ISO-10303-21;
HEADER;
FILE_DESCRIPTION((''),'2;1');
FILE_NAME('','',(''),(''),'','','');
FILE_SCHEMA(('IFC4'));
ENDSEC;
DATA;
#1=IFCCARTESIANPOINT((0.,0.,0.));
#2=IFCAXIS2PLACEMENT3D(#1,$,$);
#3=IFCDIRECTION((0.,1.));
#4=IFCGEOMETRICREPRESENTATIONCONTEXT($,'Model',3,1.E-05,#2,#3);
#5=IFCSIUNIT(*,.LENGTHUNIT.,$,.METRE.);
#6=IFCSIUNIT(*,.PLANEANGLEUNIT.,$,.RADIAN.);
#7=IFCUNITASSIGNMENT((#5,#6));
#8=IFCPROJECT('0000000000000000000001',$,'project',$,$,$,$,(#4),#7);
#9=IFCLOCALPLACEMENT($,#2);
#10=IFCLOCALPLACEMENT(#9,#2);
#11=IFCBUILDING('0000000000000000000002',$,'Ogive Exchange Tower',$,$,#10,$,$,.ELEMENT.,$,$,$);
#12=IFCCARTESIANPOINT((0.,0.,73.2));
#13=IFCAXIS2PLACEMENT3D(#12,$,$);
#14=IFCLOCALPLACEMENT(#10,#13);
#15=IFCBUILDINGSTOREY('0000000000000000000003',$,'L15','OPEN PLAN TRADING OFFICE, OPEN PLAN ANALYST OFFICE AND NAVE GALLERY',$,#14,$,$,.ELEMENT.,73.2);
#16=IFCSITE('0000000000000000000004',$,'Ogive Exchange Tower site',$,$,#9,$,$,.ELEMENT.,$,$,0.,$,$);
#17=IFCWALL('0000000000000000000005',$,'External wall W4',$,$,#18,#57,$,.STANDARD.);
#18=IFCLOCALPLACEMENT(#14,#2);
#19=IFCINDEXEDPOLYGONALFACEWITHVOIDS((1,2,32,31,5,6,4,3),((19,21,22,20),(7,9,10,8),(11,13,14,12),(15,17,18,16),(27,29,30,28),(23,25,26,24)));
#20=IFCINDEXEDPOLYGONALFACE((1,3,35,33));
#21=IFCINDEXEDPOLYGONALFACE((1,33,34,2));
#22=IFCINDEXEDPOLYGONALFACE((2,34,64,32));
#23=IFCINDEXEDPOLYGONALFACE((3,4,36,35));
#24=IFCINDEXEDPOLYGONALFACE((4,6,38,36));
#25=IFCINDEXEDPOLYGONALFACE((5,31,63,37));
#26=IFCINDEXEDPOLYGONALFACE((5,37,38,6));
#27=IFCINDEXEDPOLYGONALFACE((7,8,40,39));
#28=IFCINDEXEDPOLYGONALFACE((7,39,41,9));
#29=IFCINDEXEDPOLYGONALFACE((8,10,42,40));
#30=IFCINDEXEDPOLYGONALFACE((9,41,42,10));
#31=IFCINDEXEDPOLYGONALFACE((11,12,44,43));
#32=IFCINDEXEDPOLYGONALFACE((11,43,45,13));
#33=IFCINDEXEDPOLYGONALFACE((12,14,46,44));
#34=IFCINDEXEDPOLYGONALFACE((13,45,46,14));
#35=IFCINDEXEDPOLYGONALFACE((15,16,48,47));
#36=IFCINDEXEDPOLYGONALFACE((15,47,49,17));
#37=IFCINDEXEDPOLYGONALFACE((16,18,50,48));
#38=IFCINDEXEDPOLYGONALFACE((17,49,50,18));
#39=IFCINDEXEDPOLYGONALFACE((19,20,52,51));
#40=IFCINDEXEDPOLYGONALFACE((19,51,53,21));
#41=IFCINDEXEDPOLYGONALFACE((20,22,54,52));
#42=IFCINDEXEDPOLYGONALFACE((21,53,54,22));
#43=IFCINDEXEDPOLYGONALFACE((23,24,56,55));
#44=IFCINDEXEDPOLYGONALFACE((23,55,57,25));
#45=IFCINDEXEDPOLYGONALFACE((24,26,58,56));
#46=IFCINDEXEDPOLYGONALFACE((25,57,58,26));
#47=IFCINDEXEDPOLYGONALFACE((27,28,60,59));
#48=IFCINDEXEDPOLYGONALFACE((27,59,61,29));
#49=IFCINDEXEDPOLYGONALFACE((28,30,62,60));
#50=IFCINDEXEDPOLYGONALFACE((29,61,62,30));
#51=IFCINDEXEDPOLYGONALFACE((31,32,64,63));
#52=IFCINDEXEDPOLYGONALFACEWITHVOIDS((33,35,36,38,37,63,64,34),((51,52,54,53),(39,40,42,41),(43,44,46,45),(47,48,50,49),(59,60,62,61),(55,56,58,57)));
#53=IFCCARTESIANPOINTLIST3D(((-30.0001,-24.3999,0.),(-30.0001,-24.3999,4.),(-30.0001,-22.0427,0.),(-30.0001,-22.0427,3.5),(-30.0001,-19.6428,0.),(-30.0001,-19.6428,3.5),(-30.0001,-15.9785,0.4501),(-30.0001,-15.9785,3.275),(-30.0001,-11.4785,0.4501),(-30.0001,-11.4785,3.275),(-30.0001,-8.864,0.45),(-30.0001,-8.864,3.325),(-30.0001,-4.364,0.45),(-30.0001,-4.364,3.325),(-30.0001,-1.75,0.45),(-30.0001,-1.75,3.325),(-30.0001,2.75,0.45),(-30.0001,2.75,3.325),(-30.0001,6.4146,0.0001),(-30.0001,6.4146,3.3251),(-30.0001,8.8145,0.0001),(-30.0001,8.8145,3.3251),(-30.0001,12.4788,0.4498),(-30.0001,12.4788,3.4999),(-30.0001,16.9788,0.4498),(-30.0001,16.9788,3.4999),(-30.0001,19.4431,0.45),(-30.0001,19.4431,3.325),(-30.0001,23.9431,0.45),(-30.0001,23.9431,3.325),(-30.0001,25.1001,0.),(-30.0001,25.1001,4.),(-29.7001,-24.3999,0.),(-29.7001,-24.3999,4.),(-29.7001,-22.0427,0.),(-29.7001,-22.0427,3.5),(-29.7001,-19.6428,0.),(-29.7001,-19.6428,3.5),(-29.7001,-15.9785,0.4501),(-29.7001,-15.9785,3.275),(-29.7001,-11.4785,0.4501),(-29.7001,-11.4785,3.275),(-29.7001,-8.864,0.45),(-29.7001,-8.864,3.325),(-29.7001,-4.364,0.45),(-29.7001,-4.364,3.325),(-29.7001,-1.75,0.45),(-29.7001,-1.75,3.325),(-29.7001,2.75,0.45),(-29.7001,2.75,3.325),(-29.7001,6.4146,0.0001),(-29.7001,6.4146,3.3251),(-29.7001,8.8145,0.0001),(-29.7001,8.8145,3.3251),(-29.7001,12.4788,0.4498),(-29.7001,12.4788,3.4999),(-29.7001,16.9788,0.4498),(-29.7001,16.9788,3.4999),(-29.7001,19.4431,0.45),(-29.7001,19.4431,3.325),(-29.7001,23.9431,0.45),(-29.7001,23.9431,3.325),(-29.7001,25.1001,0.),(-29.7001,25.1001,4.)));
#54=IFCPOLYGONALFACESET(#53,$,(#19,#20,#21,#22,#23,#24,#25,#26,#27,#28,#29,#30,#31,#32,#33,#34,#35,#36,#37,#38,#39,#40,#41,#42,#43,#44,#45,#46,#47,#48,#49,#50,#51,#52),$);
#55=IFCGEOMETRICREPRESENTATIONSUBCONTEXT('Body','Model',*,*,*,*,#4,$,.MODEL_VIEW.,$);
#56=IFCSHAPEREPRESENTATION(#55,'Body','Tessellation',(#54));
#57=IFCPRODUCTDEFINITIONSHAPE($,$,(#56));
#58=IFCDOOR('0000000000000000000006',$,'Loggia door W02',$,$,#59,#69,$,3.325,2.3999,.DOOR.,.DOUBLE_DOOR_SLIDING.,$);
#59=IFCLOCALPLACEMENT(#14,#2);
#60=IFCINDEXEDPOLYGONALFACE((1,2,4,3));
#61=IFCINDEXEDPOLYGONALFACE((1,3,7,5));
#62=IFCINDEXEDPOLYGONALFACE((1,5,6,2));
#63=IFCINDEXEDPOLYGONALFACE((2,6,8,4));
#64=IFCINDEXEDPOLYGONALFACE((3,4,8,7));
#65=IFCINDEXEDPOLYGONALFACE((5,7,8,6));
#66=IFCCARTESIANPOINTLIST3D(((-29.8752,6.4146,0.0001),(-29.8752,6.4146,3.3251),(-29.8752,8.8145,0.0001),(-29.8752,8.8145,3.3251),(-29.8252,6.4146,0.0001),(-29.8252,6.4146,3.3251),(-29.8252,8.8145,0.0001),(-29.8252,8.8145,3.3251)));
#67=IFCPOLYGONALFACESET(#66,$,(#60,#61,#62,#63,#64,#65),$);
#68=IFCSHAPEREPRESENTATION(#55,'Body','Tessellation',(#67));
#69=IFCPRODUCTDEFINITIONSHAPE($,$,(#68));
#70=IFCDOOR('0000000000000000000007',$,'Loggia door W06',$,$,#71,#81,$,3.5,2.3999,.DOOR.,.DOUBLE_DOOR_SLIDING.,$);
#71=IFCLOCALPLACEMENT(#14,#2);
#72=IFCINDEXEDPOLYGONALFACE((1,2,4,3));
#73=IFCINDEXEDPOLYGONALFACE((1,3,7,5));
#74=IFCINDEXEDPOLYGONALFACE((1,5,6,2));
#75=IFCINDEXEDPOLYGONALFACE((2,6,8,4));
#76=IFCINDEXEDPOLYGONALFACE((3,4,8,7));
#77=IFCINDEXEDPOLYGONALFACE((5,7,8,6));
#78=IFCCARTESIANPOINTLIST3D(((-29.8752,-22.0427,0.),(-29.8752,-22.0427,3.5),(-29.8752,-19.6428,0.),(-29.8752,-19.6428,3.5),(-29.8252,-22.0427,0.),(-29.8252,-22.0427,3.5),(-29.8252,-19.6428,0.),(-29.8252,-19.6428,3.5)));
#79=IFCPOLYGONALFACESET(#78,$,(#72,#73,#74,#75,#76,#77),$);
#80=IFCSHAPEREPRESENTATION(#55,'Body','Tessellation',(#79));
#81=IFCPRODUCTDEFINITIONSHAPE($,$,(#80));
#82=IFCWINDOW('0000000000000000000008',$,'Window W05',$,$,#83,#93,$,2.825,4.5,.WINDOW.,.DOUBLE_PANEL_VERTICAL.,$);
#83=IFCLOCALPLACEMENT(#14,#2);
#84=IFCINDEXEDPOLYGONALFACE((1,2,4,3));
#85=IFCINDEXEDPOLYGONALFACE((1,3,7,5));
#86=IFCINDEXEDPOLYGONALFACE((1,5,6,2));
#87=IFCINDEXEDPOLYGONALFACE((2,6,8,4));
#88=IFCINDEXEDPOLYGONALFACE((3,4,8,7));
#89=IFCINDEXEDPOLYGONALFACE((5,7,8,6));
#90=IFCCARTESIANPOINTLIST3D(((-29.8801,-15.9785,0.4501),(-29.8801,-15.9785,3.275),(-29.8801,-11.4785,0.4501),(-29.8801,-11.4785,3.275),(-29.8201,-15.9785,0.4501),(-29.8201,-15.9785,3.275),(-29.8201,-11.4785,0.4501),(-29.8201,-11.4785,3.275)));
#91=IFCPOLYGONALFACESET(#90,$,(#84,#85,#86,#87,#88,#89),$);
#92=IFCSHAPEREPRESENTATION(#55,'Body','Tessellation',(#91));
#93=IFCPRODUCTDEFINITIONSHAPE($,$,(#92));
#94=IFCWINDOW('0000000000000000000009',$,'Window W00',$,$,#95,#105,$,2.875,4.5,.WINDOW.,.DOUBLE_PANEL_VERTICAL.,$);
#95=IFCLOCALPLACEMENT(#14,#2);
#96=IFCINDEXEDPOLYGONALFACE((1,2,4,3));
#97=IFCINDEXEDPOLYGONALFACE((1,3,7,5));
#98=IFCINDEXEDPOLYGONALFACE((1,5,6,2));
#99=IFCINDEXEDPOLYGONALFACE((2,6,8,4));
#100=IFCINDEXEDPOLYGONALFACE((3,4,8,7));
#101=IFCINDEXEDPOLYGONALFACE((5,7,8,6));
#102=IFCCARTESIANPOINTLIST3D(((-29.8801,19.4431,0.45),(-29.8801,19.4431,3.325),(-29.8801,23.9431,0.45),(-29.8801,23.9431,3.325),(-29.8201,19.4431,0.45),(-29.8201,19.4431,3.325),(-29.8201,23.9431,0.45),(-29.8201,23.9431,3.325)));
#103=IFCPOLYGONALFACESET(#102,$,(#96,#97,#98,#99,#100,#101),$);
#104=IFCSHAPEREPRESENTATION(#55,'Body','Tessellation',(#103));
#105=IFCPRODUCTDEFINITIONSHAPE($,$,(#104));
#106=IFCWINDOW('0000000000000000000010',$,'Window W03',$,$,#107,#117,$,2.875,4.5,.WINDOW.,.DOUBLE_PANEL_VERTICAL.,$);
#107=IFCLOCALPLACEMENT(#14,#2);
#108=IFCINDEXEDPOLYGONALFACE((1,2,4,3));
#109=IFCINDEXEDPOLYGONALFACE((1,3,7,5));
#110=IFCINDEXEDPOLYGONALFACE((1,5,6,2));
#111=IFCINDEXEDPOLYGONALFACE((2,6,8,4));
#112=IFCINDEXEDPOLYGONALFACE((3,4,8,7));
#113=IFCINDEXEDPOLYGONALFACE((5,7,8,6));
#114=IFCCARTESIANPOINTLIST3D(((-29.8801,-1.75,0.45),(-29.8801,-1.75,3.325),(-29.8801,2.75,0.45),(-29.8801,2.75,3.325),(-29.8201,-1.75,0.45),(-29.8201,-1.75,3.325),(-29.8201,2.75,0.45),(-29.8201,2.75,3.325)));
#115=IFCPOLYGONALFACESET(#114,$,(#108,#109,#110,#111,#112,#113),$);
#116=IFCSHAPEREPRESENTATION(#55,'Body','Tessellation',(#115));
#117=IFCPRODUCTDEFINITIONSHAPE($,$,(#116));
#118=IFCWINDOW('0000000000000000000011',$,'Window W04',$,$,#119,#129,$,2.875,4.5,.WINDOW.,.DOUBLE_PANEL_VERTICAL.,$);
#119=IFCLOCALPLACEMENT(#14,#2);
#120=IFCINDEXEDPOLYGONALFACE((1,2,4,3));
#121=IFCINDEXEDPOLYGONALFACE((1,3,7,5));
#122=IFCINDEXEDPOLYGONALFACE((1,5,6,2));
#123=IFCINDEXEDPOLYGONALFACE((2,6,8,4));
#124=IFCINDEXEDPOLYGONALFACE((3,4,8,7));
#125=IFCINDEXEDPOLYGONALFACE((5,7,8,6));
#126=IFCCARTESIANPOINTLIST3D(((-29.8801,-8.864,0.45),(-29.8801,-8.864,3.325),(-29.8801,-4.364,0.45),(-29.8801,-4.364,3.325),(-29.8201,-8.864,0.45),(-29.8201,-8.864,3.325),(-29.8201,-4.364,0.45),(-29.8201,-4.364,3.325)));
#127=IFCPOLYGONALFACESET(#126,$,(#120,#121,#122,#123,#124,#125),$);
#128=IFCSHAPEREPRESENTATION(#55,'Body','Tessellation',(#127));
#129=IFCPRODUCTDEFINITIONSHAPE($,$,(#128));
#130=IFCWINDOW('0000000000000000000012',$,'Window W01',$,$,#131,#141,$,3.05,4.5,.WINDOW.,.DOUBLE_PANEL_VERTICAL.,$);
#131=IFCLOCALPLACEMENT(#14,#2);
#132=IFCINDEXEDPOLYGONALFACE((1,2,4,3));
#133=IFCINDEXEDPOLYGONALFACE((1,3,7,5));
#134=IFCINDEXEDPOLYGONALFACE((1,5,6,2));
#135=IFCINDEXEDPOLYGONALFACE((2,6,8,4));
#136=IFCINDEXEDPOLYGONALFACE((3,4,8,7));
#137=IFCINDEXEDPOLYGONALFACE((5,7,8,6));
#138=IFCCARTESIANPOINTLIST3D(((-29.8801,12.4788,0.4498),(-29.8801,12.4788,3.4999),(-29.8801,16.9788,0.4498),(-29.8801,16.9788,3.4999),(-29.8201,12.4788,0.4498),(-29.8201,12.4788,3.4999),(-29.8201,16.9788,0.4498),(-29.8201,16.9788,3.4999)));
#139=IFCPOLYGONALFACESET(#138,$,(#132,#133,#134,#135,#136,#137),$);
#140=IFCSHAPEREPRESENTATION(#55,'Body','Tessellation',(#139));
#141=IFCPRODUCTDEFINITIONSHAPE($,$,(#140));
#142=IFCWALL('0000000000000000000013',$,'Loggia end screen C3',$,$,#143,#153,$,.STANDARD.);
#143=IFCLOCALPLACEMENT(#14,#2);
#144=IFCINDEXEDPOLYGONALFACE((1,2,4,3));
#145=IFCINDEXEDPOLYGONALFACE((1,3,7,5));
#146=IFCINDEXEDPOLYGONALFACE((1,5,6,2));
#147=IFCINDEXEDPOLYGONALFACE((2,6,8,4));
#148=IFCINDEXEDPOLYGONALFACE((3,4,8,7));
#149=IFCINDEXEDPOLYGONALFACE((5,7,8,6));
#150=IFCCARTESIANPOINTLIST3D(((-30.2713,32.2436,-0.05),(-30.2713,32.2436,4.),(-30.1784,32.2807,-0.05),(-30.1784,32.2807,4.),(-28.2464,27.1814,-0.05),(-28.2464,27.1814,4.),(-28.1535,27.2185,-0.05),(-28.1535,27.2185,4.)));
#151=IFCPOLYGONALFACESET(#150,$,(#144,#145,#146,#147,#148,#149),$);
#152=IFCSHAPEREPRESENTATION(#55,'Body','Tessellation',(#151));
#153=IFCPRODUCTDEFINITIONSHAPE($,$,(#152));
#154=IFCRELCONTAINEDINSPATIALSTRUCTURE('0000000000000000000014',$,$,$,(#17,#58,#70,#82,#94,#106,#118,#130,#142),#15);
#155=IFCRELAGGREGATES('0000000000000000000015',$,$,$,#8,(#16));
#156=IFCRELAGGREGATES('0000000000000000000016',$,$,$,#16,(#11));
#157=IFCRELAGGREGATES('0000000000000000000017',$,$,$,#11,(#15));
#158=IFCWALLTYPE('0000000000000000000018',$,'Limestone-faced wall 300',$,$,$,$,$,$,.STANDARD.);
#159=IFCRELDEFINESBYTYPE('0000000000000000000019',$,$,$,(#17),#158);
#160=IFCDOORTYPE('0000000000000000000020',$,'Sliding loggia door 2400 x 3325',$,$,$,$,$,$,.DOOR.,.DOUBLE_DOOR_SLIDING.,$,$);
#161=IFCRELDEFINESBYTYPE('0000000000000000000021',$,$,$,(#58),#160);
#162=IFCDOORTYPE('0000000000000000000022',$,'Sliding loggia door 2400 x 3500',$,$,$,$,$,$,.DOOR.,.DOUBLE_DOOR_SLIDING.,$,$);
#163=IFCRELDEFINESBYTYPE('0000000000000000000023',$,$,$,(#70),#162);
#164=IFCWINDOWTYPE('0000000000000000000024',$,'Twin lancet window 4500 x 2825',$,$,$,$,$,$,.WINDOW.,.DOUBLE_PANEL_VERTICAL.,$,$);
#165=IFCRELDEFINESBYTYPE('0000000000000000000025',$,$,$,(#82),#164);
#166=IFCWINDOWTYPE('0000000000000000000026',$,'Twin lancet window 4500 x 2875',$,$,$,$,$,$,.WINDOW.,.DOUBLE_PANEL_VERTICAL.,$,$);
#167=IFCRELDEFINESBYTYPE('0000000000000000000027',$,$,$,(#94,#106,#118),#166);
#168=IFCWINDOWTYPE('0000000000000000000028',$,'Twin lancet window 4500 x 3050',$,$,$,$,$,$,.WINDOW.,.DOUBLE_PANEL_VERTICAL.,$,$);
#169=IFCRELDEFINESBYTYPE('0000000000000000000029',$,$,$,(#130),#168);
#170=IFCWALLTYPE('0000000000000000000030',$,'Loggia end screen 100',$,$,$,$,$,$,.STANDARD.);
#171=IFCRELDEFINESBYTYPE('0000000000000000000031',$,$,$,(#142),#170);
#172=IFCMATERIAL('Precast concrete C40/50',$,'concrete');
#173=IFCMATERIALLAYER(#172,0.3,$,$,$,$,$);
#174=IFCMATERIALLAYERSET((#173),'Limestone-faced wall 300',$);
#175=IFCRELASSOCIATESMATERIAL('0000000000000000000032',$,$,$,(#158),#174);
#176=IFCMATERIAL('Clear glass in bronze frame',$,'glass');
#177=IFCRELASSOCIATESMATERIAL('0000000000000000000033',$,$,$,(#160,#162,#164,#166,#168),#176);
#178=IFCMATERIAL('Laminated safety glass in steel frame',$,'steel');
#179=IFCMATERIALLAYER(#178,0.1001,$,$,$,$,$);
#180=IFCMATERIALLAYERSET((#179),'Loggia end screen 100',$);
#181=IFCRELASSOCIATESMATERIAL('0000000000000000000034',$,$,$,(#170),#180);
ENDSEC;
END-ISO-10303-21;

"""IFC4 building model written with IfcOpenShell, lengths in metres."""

from ifc_helpers import new_model, si_unit, direction, frame, frame_2d, origin, place, context, subcontext, project, spatial, rectangle, extrude, material, layer, layer_set, type_object, element, fill, save


model = new_model("IFC4")

# Units and contexts
model_context = context("Model", 3, precision=1e-05, world=origin(), true_north=direction((0.0, 1.0)))
body_context = subcontext(model_context, "Body", "Model", "MODEL_VIEW")
ifc_project = project(units=[si_unit("LENGTHUNIT", "METRE"), si_unit("PLANEANGLEUNIT", "RADIAN")], contexts=[model_context])

# Site, building, storey
site_placement = place(None, origin())
site = spatial("IfcSite", under=ifc_project, at=site_placement, Name="Ogive Exchange Tower site", CompositionType="ELEMENT", RefElevation=0.0)
building_placement = place(site_placement, origin())
building = spatial("IfcBuilding", under=site, at=building_placement, Name="Ogive Exchange Tower", CompositionType="ELEMENT")
storey_placement = place(building_placement, frame((0.0, 0.0, 73.2)))
storey = spatial("IfcBuildingStorey", under=building, at=storey_placement, Name="L15", Description="OPEN PLAN TRADING OFFICE, OPEN PLAN ANALYST OFFICE AND NAVE GALLERY", CompositionType="ELEMENT", Elevation=73.2)

# Wall, openings, doors, windows
ifc_material_1 = material(Name="Precast concrete C40/50", Category="concrete")
ifc_layer_1 = layer(ifc_material_1, 0.3)
ifc_layer_set_1 = layer_set([ifc_layer_1], Name="Limestone-faced wall 300")
wall_type_1 = type_object("IfcWallType", Name="Limestone-faced wall 300", PredefinedType="STANDARD", material=ifc_layer_set_1)
wall_1_placement = place(storey_placement, frame((-29.8501, 25.1001, 0.0), z_axis=(0.0, 0.0, 1.0), x_axis=(0.0, -1.0, 0.0)))
wall_1 = element("IfcWall", 1, at=wall_1_placement, inside=storey, type_object=wall_type_1, Name="External wall W4", PredefinedType="STANDARD", context=body_context, shape_type="SweptSolid", body=[
    extrude(rectangle(XDim=49.5, YDim=0.3, at=frame_2d((24.75, 0.0))), origin(), (0.0, 0.0, 1.0), 4.0),
])
opening_1_placement = place(wall_1_placement, frame((1.157, 0.0, 0.45)))
opening_1 = element("IfcOpeningElement", 2, at=opening_1_placement, cuts=wall_1, PredefinedType="OPENING", context=body_context, shape_type="SweptSolid", body=[
    extrude(rectangle(XDim=4.5, YDim=2.875, at=frame_2d((2.25, 1.4375))), frame((0.0, 0.1599, 0.0), z_axis=(0.0, -1.0, 0.0), x_axis=(1.0, 0.0, 0.0)), (0.0, 0.0, 1.0), 0.3201),
])
opening_2_placement = place(wall_1_placement, frame((8.1213, 0.0, 0.45)))
opening_2 = element("IfcOpeningElement", 3, at=opening_2_placement, cuts=wall_1, PredefinedType="OPENING", context=body_context, shape_type="SweptSolid", body=[
    extrude(rectangle(XDim=4.5, YDim=3.05, at=frame_2d((2.25, 1.5249))), frame((0.0, 0.1599, 0.0), z_axis=(0.0, -1.0, 0.0), x_axis=(1.0, 0.0, 0.0)), (0.0, 0.0, 1.0), 0.3201),
])
opening_3_placement = place(wall_1_placement, frame((16.2856, 0.0, 0.0)))
opening_3 = element("IfcOpeningElement", 4, at=opening_3_placement, cuts=wall_1, PredefinedType="OPENING", context=body_context, shape_type="SweptSolid", body=[
    extrude(rectangle(XDim=2.3999, YDim=3.325, at=frame_2d((1.2, 1.6626))), frame((0.0, 0.1599, 0.0), z_axis=(0.0, -1.0, 0.0), x_axis=(1.0, 0.0, 0.0)), (0.0, 0.0, 1.0), 0.3201),
])
opening_4_placement = place(wall_1_placement, frame((22.3501, 0.0, 0.45)))
opening_4 = element("IfcOpeningElement", 5, at=opening_4_placement, cuts=wall_1, PredefinedType="OPENING", context=body_context, shape_type="SweptSolid", body=[
    extrude(rectangle(XDim=4.5, YDim=2.875, at=frame_2d((2.25, 1.4375))), frame((0.0, 0.1599, 0.0), z_axis=(0.0, -1.0, 0.0), x_axis=(1.0, 0.0, 0.0)), (0.0, 0.0, 1.0), 0.3201),
])
opening_5_placement = place(wall_1_placement, frame((29.4641, 0.0, 0.45)))
opening_5 = element("IfcOpeningElement", 6, at=opening_5_placement, cuts=wall_1, PredefinedType="OPENING", context=body_context, shape_type="SweptSolid", body=[
    extrude(rectangle(XDim=4.5, YDim=2.875, at=frame_2d((2.25, 1.4375))), frame((0.0, 0.1599, 0.0), z_axis=(0.0, -1.0, 0.0), x_axis=(1.0, 0.0, 0.0)), (0.0, 0.0, 1.0), 0.3201),
])
opening_6_placement = place(wall_1_placement, frame((36.5786, 0.0, 0.45)))
opening_6 = element("IfcOpeningElement", 7, at=opening_6_placement, cuts=wall_1, PredefinedType="OPENING", context=body_context, shape_type="SweptSolid", body=[
    extrude(rectangle(XDim=4.5, YDim=2.825, at=frame_2d((2.25, 1.4126))), frame((0.0, 0.1599, 0.0), z_axis=(0.0, -1.0, 0.0), x_axis=(1.0, 0.0, 0.0)), (0.0, 0.0, 1.0), 0.3201),
])
opening_7_placement = place(wall_1_placement, frame((44.7429, 0.0, 0.0)))
opening_7 = element("IfcOpeningElement", 8, at=opening_7_placement, cuts=wall_1, PredefinedType="OPENING", context=body_context, shape_type="SweptSolid", body=[
    extrude(rectangle(XDim=2.3999, YDim=3.5, at=frame_2d((1.2, 1.75))), frame((0.0, 0.1599, 0.0), z_axis=(0.0, -1.0, 0.0), x_axis=(1.0, 0.0, 0.0)), (0.0, 0.0, 1.0), 0.3201),
])
ifc_material_2 = material(Name="Clear glass in bronze frame", Category="glass")
door_type_1 = type_object("IfcDoorType", Name="Sliding loggia door 2400 x 3325", OperationType="DOUBLE_DOOR_SLIDING", PredefinedType="DOOR", material=ifc_material_2)
door_1_placement = place(opening_3_placement, origin())
door_1 = element("IfcDoor", 9, at=door_1_placement, inside=storey, type_object=door_type_1, Name="Loggia door W02", OperationType="DOUBLE_DOOR_SLIDING", OverallHeight=3.325, OverallWidth=2.3999, PredefinedType="DOOR", context=body_context, shape_type="SweptSolid", body=[
    extrude(rectangle(XDim=2.3999, YDim=3.325, at=frame_2d((1.2, 1.6626))), frame((0.0, 0.0249, 0.0), z_axis=(0.0, -1.0, 0.0), x_axis=(1.0, 0.0, 0.0)), (0.0, 0.0, 1.0), 0.05),
])
fill(opening_3, door_1)
door_type_2 = type_object("IfcDoorType", Name="Sliding loggia door 2400 x 3500", OperationType="DOUBLE_DOOR_SLIDING", PredefinedType="DOOR", material=ifc_material_2)
door_2_placement = place(opening_7_placement, origin())
door_2 = element("IfcDoor", 10, at=door_2_placement, inside=storey, type_object=door_type_2, Name="Loggia door W06", OperationType="DOUBLE_DOOR_SLIDING", OverallHeight=3.5, OverallWidth=2.3999, PredefinedType="DOOR", context=body_context, shape_type="SweptSolid", body=[
    extrude(rectangle(XDim=2.3999, YDim=3.5, at=frame_2d((1.2, 1.75))), frame((0.0, 0.0249, 0.0), z_axis=(0.0, -1.0, 0.0), x_axis=(1.0, 0.0, 0.0)), (0.0, 0.0, 1.0), 0.05),
])
fill(opening_7, door_2)
window_type_1 = type_object("IfcWindowType", Name="Twin lancet window 4500 x 2825", PartitioningType="DOUBLE_PANEL_VERTICAL", PredefinedType="WINDOW", material=ifc_material_2)
window_1_placement = place(opening_6_placement, origin())
window_1 = element("IfcWindow", 11, at=window_1_placement, inside=storey, type_object=window_type_1, Name="Window W05", OverallHeight=2.825, OverallWidth=4.5, PartitioningType="DOUBLE_PANEL_VERTICAL", PredefinedType="WINDOW", context=body_context, shape_type="SweptSolid", body=[
    extrude(rectangle(XDim=4.5, YDim=2.825, at=frame_2d((2.25, 1.4126))), frame((0.0, 0.03, 0.0), z_axis=(0.0, -1.0, 0.0), x_axis=(1.0, 0.0, 0.0)), (0.0, 0.0, 1.0), 0.0601),
])
fill(opening_6, window_1)
window_type_2 = type_object("IfcWindowType", Name="Twin lancet window 4500 x 2875", PartitioningType="DOUBLE_PANEL_VERTICAL", PredefinedType="WINDOW", material=ifc_material_2)
window_2_placement = place(opening_1_placement, origin())
window_2 = element("IfcWindow", 12, at=window_2_placement, inside=storey, type_object=window_type_2, Name="Window W00", OverallHeight=2.875, OverallWidth=4.5, PartitioningType="DOUBLE_PANEL_VERTICAL", PredefinedType="WINDOW", context=body_context, shape_type="SweptSolid", body=[
    extrude(rectangle(XDim=4.5, YDim=2.875, at=frame_2d((2.25, 1.4375))), frame((0.0, 0.03, 0.0), z_axis=(0.0, -1.0, 0.0), x_axis=(1.0, 0.0, 0.0)), (0.0, 0.0, 1.0), 0.0601),
])
fill(opening_1, window_2)
window_3_placement = place(opening_4_placement, origin())
window_3 = element("IfcWindow", 13, at=window_3_placement, inside=storey, type_object=window_type_2, Name="Window W03", OverallHeight=2.875, OverallWidth=4.5, PartitioningType="DOUBLE_PANEL_VERTICAL", PredefinedType="WINDOW", context=body_context, shape_type="SweptSolid", body=[
    extrude(rectangle(XDim=4.5, YDim=2.875, at=frame_2d((2.25, 1.4375))), frame((0.0, 0.03, 0.0), z_axis=(0.0, -1.0, 0.0), x_axis=(1.0, 0.0, 0.0)), (0.0, 0.0, 1.0), 0.0601),
])
fill(opening_4, window_3)
window_4_placement = place(opening_5_placement, origin())
window_4 = element("IfcWindow", 14, at=window_4_placement, inside=storey, type_object=window_type_2, Name="Window W04", OverallHeight=2.875, OverallWidth=4.5, PartitioningType="DOUBLE_PANEL_VERTICAL", PredefinedType="WINDOW", context=body_context, shape_type="SweptSolid", body=[
    extrude(rectangle(XDim=4.5, YDim=2.875, at=frame_2d((2.25, 1.4375))), frame((0.0, 0.03, 0.0), z_axis=(0.0, -1.0, 0.0), x_axis=(1.0, 0.0, 0.0)), (0.0, 0.0, 1.0), 0.0601),
])
fill(opening_5, window_4)
window_type_3 = type_object("IfcWindowType", Name="Twin lancet window 4500 x 3050", PartitioningType="DOUBLE_PANEL_VERTICAL", PredefinedType="WINDOW", material=ifc_material_2)
window_5_placement = place(opening_2_placement, origin())
window_5 = element("IfcWindow", 15, at=window_5_placement, inside=storey, type_object=window_type_3, Name="Window W01", OverallHeight=3.05, OverallWidth=4.5, PartitioningType="DOUBLE_PANEL_VERTICAL", PredefinedType="WINDOW", context=body_context, shape_type="SweptSolid", body=[
    extrude(rectangle(XDim=4.5, YDim=3.05, at=frame_2d((2.25, 1.5249))), frame((0.0, 0.03, 0.0), z_axis=(0.0, -1.0, 0.0), x_axis=(1.0, 0.0, 0.0)), (0.0, 0.0, 1.0), 0.0601),
])
fill(opening_2, window_5)

# Wall
ifc_material_3 = material(Name="Laminated safety glass in steel frame", Category="steel")
ifc_layer_2 = layer(ifc_material_3, 0.1001)
ifc_layer_set_2 = layer_set([ifc_layer_2], Name="Loggia end screen 100")
wall_type_2 = type_object("IfcWallType", Name="Loggia end screen 100", PredefinedType="STANDARD", material=ifc_layer_set_2)
wall_2_placement = place(storey_placement, frame((-28.2, 27.2, -0.05), z_axis=(0.0, 0.0, 1.0), x_axis=(-0.371391, 0.928477, 0.0)))
element("IfcWall", 16, at=wall_2_placement, inside=storey, type_object=wall_type_2, Name="Loggia end screen C3", PredefinedType="STANDARD", context=body_context, shape_type="SweptSolid", body=[
    extrude(rectangle(XDim=5.4521, YDim=0.1001, at=frame_2d((2.7261, 0.0))), origin(), (0.0, 0.0, 1.0), 4.05),
])

save(model, "model.ifc")
